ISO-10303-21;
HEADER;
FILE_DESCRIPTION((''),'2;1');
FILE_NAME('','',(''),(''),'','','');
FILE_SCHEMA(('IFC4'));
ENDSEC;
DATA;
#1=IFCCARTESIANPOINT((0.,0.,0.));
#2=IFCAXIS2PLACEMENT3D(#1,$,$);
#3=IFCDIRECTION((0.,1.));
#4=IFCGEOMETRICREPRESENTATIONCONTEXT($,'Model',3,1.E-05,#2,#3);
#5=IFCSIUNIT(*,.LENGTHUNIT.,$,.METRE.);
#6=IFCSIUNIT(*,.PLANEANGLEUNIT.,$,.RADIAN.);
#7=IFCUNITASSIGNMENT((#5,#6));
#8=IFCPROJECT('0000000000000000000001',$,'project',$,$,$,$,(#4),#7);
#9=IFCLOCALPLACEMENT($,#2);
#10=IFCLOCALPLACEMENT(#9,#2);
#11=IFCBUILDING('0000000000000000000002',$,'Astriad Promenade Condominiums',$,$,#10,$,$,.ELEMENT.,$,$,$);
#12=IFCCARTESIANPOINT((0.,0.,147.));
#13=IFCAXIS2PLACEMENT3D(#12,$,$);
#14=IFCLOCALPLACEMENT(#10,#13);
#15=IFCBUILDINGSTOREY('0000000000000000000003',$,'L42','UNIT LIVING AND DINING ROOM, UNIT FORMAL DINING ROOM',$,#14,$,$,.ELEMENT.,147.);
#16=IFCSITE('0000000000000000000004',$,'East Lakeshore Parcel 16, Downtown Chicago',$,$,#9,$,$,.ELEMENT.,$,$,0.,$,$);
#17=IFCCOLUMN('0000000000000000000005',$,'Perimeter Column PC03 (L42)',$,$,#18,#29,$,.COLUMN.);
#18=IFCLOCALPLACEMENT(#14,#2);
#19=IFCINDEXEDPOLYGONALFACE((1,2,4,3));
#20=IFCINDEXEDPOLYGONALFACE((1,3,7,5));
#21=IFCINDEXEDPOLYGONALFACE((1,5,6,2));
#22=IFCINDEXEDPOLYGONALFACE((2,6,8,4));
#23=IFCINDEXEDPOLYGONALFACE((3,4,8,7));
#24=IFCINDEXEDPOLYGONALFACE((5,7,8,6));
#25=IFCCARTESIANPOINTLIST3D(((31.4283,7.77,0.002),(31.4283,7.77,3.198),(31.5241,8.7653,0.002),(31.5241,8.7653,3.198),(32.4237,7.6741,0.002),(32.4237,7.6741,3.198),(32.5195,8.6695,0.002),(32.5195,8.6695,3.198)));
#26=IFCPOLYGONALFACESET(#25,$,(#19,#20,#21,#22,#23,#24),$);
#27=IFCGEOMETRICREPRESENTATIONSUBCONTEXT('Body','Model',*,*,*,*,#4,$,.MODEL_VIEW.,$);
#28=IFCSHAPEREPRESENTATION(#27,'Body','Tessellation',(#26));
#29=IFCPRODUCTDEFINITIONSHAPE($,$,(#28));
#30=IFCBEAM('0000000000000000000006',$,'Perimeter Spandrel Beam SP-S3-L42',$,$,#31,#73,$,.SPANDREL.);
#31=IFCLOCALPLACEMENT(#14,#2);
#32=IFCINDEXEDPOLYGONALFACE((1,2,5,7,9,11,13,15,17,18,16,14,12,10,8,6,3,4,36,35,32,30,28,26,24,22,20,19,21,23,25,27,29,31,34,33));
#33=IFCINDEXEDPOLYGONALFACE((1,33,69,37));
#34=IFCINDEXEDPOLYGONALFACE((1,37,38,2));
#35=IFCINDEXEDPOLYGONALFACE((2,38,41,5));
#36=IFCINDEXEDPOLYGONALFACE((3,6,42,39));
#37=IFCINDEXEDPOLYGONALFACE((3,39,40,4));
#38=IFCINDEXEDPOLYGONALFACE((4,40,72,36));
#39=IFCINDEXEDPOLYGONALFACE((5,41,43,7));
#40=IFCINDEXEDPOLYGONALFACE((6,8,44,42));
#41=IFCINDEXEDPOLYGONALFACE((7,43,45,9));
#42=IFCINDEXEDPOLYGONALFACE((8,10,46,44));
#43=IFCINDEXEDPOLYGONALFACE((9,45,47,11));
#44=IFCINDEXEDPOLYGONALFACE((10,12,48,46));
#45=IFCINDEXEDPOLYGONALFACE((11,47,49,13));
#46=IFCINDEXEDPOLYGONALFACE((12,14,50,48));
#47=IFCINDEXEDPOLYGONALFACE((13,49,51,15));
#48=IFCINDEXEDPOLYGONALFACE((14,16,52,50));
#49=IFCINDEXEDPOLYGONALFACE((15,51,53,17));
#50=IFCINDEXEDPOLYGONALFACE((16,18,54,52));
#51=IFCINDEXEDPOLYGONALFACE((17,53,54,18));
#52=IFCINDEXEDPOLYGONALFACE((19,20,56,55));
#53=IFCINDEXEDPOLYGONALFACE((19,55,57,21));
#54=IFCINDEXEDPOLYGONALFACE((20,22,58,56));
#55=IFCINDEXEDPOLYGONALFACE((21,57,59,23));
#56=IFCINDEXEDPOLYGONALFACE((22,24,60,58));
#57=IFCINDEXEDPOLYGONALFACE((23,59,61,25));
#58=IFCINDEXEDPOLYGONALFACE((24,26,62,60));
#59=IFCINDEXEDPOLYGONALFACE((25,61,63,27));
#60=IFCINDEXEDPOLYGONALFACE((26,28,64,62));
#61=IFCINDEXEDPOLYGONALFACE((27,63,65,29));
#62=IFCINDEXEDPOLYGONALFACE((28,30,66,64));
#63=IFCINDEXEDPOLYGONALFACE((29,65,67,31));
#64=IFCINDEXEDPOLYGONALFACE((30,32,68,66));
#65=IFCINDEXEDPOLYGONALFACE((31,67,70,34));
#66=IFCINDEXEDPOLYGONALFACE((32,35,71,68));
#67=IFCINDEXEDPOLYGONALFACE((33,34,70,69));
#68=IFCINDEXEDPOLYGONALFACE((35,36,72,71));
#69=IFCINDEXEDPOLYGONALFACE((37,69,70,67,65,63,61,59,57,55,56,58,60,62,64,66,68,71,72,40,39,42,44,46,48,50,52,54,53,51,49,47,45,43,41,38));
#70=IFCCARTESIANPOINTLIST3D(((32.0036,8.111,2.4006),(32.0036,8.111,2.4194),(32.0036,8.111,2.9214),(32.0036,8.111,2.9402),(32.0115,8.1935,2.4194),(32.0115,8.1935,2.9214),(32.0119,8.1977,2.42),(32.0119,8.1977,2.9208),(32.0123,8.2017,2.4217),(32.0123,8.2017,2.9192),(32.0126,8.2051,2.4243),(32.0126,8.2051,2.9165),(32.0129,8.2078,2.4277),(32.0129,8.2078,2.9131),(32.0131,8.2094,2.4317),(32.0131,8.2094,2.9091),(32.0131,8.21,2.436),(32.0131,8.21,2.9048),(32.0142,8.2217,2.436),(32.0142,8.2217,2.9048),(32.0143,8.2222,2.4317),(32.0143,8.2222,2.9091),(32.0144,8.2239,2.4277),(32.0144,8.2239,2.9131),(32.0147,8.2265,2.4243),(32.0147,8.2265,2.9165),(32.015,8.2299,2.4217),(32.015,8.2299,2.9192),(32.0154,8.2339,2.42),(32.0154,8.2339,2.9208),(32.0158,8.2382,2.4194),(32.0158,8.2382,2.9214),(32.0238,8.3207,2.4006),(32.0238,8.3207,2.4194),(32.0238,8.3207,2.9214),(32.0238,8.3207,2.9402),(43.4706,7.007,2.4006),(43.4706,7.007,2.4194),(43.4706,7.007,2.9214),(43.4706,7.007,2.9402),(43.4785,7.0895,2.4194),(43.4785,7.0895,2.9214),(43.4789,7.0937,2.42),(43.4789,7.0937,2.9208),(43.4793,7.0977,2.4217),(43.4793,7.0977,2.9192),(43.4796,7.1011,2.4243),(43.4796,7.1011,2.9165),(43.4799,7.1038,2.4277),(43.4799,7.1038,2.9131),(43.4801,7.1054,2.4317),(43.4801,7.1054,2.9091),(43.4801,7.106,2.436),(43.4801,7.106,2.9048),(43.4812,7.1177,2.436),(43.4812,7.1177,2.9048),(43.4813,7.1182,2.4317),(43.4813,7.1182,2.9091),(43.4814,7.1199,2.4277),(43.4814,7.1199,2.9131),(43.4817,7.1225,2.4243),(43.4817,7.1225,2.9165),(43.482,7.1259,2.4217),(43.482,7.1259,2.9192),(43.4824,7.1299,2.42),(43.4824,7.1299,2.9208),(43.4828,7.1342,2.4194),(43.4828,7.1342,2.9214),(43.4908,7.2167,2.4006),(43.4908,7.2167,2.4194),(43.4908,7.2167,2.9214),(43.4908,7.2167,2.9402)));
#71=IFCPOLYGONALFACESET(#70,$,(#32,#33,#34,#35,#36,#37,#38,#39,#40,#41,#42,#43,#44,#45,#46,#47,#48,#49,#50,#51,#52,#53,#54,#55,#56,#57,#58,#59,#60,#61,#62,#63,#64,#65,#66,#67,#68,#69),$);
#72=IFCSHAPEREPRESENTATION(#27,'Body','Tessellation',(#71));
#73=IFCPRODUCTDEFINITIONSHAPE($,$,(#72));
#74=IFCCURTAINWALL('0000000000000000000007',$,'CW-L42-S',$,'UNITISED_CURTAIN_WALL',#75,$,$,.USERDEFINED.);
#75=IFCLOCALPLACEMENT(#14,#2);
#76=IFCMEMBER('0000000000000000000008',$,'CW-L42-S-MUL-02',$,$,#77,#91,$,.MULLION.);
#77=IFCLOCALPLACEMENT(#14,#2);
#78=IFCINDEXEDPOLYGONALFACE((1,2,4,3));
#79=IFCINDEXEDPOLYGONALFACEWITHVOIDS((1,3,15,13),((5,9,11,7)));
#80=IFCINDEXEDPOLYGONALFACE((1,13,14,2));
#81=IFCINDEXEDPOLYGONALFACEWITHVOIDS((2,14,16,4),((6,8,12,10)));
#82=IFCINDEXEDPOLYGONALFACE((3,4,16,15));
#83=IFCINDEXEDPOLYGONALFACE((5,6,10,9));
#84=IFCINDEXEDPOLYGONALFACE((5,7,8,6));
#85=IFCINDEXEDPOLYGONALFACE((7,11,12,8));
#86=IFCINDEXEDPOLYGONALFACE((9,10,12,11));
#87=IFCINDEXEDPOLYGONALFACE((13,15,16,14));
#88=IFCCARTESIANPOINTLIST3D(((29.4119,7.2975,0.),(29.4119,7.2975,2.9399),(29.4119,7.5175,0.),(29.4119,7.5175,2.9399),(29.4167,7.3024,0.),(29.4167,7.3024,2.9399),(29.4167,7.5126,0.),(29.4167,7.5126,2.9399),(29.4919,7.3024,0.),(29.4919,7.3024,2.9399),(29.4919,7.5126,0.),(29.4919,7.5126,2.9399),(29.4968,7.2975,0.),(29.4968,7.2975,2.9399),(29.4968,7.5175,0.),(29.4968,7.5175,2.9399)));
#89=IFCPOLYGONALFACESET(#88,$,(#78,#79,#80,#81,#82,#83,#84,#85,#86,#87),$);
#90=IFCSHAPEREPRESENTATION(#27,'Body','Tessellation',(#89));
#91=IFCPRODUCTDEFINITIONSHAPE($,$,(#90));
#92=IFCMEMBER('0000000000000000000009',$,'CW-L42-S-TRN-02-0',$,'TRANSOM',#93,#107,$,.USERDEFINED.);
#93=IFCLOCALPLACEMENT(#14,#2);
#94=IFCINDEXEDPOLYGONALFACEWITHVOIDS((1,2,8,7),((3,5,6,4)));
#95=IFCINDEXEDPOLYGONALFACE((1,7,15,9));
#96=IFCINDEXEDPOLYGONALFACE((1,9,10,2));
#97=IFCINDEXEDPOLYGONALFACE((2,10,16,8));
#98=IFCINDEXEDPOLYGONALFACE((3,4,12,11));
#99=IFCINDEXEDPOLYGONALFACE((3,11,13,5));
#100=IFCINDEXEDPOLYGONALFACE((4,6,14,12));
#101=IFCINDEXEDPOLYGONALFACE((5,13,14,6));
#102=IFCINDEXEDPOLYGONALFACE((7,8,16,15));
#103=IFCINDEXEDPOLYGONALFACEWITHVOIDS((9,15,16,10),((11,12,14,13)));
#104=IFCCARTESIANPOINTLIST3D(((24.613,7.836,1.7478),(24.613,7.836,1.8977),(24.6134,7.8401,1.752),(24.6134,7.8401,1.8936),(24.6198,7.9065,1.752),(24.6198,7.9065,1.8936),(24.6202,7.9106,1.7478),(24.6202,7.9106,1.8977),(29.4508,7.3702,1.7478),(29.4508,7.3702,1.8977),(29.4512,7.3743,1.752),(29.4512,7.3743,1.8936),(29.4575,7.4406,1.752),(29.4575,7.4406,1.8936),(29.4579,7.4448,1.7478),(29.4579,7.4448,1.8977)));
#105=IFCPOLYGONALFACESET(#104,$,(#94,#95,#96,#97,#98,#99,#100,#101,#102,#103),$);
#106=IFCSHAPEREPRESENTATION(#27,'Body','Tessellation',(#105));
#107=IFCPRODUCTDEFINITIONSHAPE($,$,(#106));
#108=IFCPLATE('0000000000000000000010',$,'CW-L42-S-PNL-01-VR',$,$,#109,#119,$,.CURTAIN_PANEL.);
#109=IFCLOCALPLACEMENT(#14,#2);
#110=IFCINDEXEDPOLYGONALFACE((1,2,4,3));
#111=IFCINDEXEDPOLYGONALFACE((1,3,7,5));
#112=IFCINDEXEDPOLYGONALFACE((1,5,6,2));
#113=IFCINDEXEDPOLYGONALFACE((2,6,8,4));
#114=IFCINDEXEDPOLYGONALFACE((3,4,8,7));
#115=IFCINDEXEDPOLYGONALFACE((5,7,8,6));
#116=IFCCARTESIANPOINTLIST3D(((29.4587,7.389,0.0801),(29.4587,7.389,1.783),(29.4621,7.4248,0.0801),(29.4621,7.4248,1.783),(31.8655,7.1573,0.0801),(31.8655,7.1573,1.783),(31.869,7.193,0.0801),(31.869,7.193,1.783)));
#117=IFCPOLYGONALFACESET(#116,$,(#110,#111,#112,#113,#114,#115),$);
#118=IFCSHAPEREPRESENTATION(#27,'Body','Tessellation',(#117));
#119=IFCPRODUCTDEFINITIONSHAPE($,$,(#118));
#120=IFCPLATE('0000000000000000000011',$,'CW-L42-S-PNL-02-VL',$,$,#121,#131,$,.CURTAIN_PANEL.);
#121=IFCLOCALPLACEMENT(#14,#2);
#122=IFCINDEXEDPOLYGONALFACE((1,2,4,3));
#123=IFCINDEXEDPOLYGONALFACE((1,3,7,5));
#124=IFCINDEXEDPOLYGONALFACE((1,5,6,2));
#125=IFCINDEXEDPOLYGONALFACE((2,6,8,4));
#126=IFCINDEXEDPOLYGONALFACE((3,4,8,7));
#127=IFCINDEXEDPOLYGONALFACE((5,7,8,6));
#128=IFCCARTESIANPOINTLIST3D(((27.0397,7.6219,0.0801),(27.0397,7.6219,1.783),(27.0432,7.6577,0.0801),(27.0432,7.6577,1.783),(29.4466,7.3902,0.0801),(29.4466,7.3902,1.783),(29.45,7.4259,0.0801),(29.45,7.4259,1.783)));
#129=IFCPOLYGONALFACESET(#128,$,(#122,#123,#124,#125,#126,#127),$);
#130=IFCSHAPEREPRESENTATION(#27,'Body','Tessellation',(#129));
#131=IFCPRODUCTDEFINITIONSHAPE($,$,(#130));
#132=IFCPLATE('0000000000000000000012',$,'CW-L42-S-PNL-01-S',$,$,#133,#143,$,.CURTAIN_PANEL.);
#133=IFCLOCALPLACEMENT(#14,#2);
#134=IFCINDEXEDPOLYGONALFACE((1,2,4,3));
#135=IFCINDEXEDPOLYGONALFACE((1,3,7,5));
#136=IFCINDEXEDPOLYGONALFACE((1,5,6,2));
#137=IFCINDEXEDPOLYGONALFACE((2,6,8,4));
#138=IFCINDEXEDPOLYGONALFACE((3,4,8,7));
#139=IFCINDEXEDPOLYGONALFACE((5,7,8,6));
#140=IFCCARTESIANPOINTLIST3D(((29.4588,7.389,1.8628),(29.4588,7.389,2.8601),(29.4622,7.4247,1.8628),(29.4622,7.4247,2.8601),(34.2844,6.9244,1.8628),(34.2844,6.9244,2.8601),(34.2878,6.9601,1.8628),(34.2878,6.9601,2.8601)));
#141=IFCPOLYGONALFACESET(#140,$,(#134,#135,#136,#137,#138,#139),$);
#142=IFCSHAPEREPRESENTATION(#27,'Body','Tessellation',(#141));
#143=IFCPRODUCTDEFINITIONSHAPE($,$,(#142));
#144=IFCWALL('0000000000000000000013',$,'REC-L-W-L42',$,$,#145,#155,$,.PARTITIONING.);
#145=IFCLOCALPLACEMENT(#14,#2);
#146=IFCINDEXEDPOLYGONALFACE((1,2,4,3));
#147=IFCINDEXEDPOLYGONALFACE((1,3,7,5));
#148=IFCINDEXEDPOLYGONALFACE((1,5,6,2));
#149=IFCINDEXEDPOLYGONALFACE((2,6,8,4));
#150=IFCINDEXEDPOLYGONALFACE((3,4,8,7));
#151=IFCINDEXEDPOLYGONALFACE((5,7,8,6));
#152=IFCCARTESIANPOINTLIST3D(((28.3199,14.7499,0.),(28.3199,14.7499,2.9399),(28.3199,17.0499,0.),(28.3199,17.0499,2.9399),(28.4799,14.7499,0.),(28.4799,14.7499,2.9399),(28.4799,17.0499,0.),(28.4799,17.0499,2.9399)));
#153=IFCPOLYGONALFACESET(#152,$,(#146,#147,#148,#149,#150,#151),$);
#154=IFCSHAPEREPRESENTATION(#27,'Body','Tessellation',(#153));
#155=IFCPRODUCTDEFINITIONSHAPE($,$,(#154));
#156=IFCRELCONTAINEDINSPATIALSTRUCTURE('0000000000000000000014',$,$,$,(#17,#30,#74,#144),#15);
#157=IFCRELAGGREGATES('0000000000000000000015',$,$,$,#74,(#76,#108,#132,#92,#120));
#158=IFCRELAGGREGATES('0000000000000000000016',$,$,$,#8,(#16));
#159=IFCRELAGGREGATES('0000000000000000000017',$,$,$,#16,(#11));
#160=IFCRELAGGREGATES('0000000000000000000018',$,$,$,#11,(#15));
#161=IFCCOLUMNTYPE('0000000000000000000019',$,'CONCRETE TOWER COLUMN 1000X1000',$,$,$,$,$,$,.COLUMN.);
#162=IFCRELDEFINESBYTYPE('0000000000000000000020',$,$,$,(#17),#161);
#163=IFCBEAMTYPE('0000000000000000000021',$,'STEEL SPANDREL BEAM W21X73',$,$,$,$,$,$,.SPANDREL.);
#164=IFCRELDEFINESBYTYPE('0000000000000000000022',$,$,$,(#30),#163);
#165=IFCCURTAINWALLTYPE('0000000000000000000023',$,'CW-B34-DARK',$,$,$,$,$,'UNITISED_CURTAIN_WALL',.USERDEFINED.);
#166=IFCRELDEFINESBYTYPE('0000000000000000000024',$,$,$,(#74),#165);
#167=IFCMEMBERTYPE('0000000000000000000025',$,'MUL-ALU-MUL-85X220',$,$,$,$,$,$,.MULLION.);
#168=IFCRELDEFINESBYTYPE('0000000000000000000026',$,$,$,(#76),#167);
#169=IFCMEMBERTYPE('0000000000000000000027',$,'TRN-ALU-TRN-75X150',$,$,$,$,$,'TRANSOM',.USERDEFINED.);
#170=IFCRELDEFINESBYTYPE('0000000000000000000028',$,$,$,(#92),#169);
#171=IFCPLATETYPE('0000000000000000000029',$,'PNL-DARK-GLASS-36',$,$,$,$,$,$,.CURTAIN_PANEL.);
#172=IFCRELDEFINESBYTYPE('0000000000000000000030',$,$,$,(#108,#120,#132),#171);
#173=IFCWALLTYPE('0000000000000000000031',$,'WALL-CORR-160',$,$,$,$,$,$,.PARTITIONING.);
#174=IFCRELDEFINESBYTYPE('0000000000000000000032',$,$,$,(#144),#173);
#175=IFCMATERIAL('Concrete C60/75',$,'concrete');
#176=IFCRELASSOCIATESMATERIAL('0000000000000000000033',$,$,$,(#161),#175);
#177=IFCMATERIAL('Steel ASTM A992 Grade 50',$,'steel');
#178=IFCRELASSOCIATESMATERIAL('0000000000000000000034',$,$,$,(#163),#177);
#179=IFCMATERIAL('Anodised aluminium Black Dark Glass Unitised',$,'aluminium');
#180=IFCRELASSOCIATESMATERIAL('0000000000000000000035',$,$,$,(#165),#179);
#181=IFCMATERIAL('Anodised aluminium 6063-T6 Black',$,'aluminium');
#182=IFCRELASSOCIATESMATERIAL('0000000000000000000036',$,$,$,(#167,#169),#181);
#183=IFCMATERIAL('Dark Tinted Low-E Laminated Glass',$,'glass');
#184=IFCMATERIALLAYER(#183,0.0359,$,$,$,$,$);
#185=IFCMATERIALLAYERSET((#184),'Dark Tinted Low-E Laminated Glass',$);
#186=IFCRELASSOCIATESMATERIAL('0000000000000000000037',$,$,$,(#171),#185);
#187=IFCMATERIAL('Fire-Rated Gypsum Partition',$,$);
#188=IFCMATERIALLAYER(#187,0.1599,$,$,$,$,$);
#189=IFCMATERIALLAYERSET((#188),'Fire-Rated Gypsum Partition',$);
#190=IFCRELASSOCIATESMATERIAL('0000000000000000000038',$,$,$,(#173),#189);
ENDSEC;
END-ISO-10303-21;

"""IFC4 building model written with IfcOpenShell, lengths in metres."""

from ifc_helpers import new_model, si_unit, direction, frame, frame_2d, origin, origin_2d, place, context, subcontext, project, spatial, rectangle, hollow_rectangle, i_section, extrude, source, transform, mapped, material, layer, layer_set, material_profile, profile_set, type_object, type_shapes, element, aggregate, save


model = new_model("IFC4")

# Units and contexts
model_context = context("Model", 3, precision=1e-05, world=origin(), true_north=direction((0.0, 1.0)))
body_context = subcontext(model_context, "Body", "Model", "MODEL_VIEW")
ifc_project = project(units=[si_unit("LENGTHUNIT", "METRE"), si_unit("PLANEANGLEUNIT", "RADIAN")], contexts=[model_context])

# Site, building, storey
site_placement = place(None, origin())
site = spatial("IfcSite", under=ifc_project, at=site_placement, Name="East Lakeshore Parcel 16, Downtown Chicago", CompositionType="ELEMENT", RefElevation=0.0)
building_placement = place(site_placement, origin())
building = spatial("IfcBuilding", under=site, at=building_placement, Name="Astriad Promenade Condominiums", CompositionType="ELEMENT")
storey_placement = place(building_placement, frame((0.0, 0.0, 147.0)))
storey = spatial("IfcBuildingStorey", under=building, at=storey_placement, Name="L42", Description="UNIT LIVING AND DINING ROOM, UNIT FORMAL DINING ROOM", CompositionType="ELEMENT", Elevation=147.0)

# Column
ifc_material_1 = material(Name="Concrete C60/75", Category="concrete")
ifc_material_profile_1 = material_profile(ifc_material_1, rectangle(XDim=1.0, YDim=1.0, at=origin_2d()), Name="RC-COL-1000X1000")
ifc_profile_set_1 = profile_set([ifc_material_profile_1], Name="Concrete C60/75")
column_type = type_object("IfcColumnType", Name="CONCRETE TOWER COLUMN 1000X1000", PredefinedType="COLUMN", material=ifc_profile_set_1)
shared_shape_1 = source(origin(), body_context, "Body", "SweptSolid", [
    extrude(rectangle(XDim=1.0, YDim=1.0, at=origin_2d()), origin(), (0.0, 0.0, 1.0), 3.196),
])
type_shapes(column_type, [shared_shape_1])
column_placement = place(storey_placement, frame((31.9739, 8.2197, 0.002), z_axis=(0.0, 0.0, 1.0), x_axis=(0.995396, -0.095846, 0.0)))
element("IfcColumn", 1, at=column_placement, inside=storey, type_object=column_type, Name="Perimeter Column PC03 (L42)", PredefinedType="COLUMN", context=body_context, shape_type="MappedRepresentation", body=[
    mapped(shared_shape_1, transform((0.0, 0.0, 0.0), scale=1.0)),
])

# Beam
ifc_material_2 = material(Name="Steel ASTM A992 Grade 50", Category="steel")
ifc_material_profile_2 = material_profile(ifc_material_2, i_section(OverallWidth=0.2107, OverallDepth=0.5396, WebThickness=0.0117, FlangeThickness=0.0188, FilletRadius=0.0166, at=origin_2d()), Name="W21X73")
ifc_profile_set_2 = profile_set([ifc_material_profile_2], Name="Steel ASTM A992 Grade 50")
beam_type = type_object("IfcBeamType", Name="STEEL SPANDREL BEAM W21X73", PredefinedType="SPANDREL", material=ifc_profile_set_2)
shared_shape_2 = source(origin(), body_context, "Body", "SweptSolid", [
    extrude(i_section(OverallWidth=0.2107, OverallDepth=0.5396, WebThickness=0.0117, FlangeThickness=0.0188, FilletRadius=0.0166, at=origin_2d()), origin(), (0.0, 0.0, 1.0), 11.52),
])
type_shapes(beam_type, [shared_shape_2])
beam_placement = place(storey_placement, frame((32.0137, 8.2158, 2.6704), z_axis=(0.995397, -0.095833, 0.0), x_axis=(0.095833, 0.995397, 0.0)))
element("IfcBeam", 2, at=beam_placement, inside=storey, type_object=beam_type, Name="Perimeter Spandrel Beam SP-S3-L42", PredefinedType="SPANDREL", context=body_context, shape_type="MappedRepresentation", body=[
    mapped(shared_shape_2, transform((0.0, 0.0, 0.0), scale=1.0)),
])

# Curtain wall, members, plates
ifc_material_3 = material(Name="Anodised aluminium Black Dark Glass Unitised", Category="aluminium")
curtain_wall_type = type_object("IfcCurtainWallType", Name="CW-B34-DARK", ElementType="UNITISED_CURTAIN_WALL", PredefinedType="USERDEFINED", material=ifc_material_3)
curtain_wall_placement = place(storey_placement, origin())
curtain_wall = element("IfcCurtainWall", 3, at=curtain_wall_placement, inside=storey, type_object=curtain_wall_type, Name="CW-L42-S", ObjectType="UNITISED_CURTAIN_WALL", PredefinedType="USERDEFINED")
ifc_material_4 = material(Name="Anodised aluminium 6063-T6 Black", Category="aluminium")
ifc_material_profile_3 = material_profile(ifc_material_4, hollow_rectangle(XDim=0.085, YDim=0.22, WallThickness=0.0049, at=origin_2d()), Name="ALU-MUL-85X220")
ifc_profile_set_3 = profile_set([ifc_material_profile_3], Name="Anodised aluminium 6063-T6 Black")
member_type_1 = type_object("IfcMemberType", Name="MUL-ALU-MUL-85X220", PredefinedType="MULLION", material=ifc_profile_set_3)
shared_shape_3 = source(origin(), body_context, "Body", "SweptSolid", [
    extrude(hollow_rectangle(XDim=0.085, YDim=0.22, WallThickness=0.0049, at=origin_2d()), origin(), (0.0, 0.0, 1.0), 2.9399),
])
type_shapes(member_type_1, [shared_shape_3])
member_1_placement = place(storey_placement, frame((29.4543, 7.4075, 0.0), z_axis=(0.0, 0.0, 1.0), x_axis=(1.0, 0.0, 0.0)))
member_1 = element("IfcMember", 4, at=member_1_placement, type_object=member_type_1, Name="CW-L42-S-MUL-02", PredefinedType="MULLION", context=body_context, shape_type="MappedRepresentation", body=[
    mapped(shared_shape_3, transform((0.0, 0.0, 0.0), scale=1.0)),
])
ifc_material_profile_4 = material_profile(ifc_material_4, hollow_rectangle(XDim=0.075, YDim=0.1499, WallThickness=0.0042, at=origin_2d()), Name="ALU-TRN-75X150")
ifc_profile_set_4 = profile_set([ifc_material_profile_4], Name="Anodised aluminium 6063-T6 Black")
member_type_2 = type_object("IfcMemberType", Name="TRN-ALU-TRN-75X150", ElementType="TRANSOM", PredefinedType="USERDEFINED", material=ifc_profile_set_4)
shared_shape_4 = source(origin(), body_context, "Body", "SweptSolid", [
    extrude(hollow_rectangle(XDim=0.075, YDim=0.1499, WallThickness=0.0042, at=origin_2d()), origin(), (0.0, 0.0, 1.0), 4.8601),
])
type_shapes(member_type_2, [shared_shape_4])
member_2_placement = place(storey_placement, frame((29.4543, 7.4075, 1.8228), z_axis=(-0.995396, 0.095847, 0.0), x_axis=(-0.095847, -0.995396, 0.0)))
member_2 = element("IfcMember", 5, at=member_2_placement, type_object=member_type_2, Name="CW-L42-S-TRN-02-0", ObjectType="TRANSOM", PredefinedType="USERDEFINED", context=body_context, shape_type="MappedRepresentation", body=[
    mapped(shared_shape_4, transform((0.0, 0.0, 0.0), scale=1.0)),
])
ifc_material_5 = material(Name="Dark Tinted Low-E Laminated Glass", Category="glass")
ifc_layer_1 = layer(ifc_material_5, 0.0359)
ifc_layer_set_1 = layer_set([ifc_layer_1], Name="Dark Tinted Low-E Laminated Glass")
plate_type = type_object("IfcPlateType", Name="PNL-DARK-GLASS-36", PredefinedType="CURTAIN_PANEL", material=ifc_layer_set_1)
shared_shape_5 = source(origin(), body_context, "Body", "SweptSolid", [
    extrude(rectangle(XDim=2.418, YDim=0.0359, at=origin_2d()), origin(), (0.0, 0.0, 1.0), 1.7029),
])
plate_1_placement = place(storey_placement, frame((30.6638, 7.291, 0.0801), z_axis=(0.0, 0.0, 1.0), x_axis=(-0.995396, 0.095846, 0.0)))
plate_1 = element("IfcPlate", 6, at=plate_1_placement, type_object=plate_type, Name="CW-L42-S-PNL-01-VR", PredefinedType="CURTAIN_PANEL", context=body_context, shape_type="MappedRepresentation", body=[
    mapped(shared_shape_5, transform((0.0, 0.0, 0.0), scale=1.0)),
])
plate_2_placement = place(storey_placement, frame((28.2449, 7.5239, 0.0801), z_axis=(0.0, 0.0, 1.0), x_axis=(-0.995396, 0.095846, 0.0)))
plate_2 = element("IfcPlate", 7, at=plate_2_placement, type_object=plate_type, Name="CW-L42-S-PNL-02-VL", PredefinedType="CURTAIN_PANEL", context=body_context, shape_type="MappedRepresentation", body=[
    mapped(shared_shape_5, transform((0.0, 0.0, 0.0), scale=1.0)),
])
shared_shape_6 = source(origin(), body_context, "Body", "SweptSolid", [
    extrude(rectangle(XDim=4.8479, YDim=0.0359, at=origin_2d()), origin(), (0.0, 0.0, 1.0), 0.9973),
])
type_shapes(plate_type, [shared_shape_5, shared_shape_6])
plate_3_placement = place(storey_placement, frame((31.8733, 7.1746, 1.8628), z_axis=(0.0, 0.0, 1.0), x_axis=(-0.995396, 0.095846, 0.0)))
plate_3 = element("IfcPlate", 8, at=plate_3_placement, type_object=plate_type, Name="CW-L42-S-PNL-01-S", PredefinedType="CURTAIN_PANEL", context=body_context, shape_type="MappedRepresentation", body=[
    mapped(shared_shape_6, transform((0.0, 0.0, 0.0), scale=1.0)),
])
aggregate(curtain_wall, [member_1, plate_1, plate_3, member_2, plate_2])

# Wall
ifc_material_6 = material(Name="Fire-Rated Gypsum Partition")
ifc_layer_2 = layer(ifc_material_6, 0.1599)
ifc_layer_set_2 = layer_set([ifc_layer_2], Name="Fire-Rated Gypsum Partition")
wall_type_1 = type_object("IfcWallType", Name="WALL-CORR-160", PredefinedType="PARTITIONING", material=ifc_layer_set_2)
wall_1_placement = place(storey_placement, frame((28.3999, 14.75, 0.0), z_axis=(0.0, 0.0, 1.0), x_axis=(0.0, 1.0, 0.0)))
element("IfcWall", 9, at=wall_1_placement, inside=storey, type_object=wall_type_1, Name="REC-L-W-L42", PredefinedType="PARTITIONING", context=body_context, shape_type="SweptSolid", body=[
    extrude(rectangle(XDim=2.3, YDim=0.1599, at=frame_2d((1.1499, 0.0))), origin(), (0.0, 0.0, 1.0), 2.9399),
])

save(model, "model.ifc")
